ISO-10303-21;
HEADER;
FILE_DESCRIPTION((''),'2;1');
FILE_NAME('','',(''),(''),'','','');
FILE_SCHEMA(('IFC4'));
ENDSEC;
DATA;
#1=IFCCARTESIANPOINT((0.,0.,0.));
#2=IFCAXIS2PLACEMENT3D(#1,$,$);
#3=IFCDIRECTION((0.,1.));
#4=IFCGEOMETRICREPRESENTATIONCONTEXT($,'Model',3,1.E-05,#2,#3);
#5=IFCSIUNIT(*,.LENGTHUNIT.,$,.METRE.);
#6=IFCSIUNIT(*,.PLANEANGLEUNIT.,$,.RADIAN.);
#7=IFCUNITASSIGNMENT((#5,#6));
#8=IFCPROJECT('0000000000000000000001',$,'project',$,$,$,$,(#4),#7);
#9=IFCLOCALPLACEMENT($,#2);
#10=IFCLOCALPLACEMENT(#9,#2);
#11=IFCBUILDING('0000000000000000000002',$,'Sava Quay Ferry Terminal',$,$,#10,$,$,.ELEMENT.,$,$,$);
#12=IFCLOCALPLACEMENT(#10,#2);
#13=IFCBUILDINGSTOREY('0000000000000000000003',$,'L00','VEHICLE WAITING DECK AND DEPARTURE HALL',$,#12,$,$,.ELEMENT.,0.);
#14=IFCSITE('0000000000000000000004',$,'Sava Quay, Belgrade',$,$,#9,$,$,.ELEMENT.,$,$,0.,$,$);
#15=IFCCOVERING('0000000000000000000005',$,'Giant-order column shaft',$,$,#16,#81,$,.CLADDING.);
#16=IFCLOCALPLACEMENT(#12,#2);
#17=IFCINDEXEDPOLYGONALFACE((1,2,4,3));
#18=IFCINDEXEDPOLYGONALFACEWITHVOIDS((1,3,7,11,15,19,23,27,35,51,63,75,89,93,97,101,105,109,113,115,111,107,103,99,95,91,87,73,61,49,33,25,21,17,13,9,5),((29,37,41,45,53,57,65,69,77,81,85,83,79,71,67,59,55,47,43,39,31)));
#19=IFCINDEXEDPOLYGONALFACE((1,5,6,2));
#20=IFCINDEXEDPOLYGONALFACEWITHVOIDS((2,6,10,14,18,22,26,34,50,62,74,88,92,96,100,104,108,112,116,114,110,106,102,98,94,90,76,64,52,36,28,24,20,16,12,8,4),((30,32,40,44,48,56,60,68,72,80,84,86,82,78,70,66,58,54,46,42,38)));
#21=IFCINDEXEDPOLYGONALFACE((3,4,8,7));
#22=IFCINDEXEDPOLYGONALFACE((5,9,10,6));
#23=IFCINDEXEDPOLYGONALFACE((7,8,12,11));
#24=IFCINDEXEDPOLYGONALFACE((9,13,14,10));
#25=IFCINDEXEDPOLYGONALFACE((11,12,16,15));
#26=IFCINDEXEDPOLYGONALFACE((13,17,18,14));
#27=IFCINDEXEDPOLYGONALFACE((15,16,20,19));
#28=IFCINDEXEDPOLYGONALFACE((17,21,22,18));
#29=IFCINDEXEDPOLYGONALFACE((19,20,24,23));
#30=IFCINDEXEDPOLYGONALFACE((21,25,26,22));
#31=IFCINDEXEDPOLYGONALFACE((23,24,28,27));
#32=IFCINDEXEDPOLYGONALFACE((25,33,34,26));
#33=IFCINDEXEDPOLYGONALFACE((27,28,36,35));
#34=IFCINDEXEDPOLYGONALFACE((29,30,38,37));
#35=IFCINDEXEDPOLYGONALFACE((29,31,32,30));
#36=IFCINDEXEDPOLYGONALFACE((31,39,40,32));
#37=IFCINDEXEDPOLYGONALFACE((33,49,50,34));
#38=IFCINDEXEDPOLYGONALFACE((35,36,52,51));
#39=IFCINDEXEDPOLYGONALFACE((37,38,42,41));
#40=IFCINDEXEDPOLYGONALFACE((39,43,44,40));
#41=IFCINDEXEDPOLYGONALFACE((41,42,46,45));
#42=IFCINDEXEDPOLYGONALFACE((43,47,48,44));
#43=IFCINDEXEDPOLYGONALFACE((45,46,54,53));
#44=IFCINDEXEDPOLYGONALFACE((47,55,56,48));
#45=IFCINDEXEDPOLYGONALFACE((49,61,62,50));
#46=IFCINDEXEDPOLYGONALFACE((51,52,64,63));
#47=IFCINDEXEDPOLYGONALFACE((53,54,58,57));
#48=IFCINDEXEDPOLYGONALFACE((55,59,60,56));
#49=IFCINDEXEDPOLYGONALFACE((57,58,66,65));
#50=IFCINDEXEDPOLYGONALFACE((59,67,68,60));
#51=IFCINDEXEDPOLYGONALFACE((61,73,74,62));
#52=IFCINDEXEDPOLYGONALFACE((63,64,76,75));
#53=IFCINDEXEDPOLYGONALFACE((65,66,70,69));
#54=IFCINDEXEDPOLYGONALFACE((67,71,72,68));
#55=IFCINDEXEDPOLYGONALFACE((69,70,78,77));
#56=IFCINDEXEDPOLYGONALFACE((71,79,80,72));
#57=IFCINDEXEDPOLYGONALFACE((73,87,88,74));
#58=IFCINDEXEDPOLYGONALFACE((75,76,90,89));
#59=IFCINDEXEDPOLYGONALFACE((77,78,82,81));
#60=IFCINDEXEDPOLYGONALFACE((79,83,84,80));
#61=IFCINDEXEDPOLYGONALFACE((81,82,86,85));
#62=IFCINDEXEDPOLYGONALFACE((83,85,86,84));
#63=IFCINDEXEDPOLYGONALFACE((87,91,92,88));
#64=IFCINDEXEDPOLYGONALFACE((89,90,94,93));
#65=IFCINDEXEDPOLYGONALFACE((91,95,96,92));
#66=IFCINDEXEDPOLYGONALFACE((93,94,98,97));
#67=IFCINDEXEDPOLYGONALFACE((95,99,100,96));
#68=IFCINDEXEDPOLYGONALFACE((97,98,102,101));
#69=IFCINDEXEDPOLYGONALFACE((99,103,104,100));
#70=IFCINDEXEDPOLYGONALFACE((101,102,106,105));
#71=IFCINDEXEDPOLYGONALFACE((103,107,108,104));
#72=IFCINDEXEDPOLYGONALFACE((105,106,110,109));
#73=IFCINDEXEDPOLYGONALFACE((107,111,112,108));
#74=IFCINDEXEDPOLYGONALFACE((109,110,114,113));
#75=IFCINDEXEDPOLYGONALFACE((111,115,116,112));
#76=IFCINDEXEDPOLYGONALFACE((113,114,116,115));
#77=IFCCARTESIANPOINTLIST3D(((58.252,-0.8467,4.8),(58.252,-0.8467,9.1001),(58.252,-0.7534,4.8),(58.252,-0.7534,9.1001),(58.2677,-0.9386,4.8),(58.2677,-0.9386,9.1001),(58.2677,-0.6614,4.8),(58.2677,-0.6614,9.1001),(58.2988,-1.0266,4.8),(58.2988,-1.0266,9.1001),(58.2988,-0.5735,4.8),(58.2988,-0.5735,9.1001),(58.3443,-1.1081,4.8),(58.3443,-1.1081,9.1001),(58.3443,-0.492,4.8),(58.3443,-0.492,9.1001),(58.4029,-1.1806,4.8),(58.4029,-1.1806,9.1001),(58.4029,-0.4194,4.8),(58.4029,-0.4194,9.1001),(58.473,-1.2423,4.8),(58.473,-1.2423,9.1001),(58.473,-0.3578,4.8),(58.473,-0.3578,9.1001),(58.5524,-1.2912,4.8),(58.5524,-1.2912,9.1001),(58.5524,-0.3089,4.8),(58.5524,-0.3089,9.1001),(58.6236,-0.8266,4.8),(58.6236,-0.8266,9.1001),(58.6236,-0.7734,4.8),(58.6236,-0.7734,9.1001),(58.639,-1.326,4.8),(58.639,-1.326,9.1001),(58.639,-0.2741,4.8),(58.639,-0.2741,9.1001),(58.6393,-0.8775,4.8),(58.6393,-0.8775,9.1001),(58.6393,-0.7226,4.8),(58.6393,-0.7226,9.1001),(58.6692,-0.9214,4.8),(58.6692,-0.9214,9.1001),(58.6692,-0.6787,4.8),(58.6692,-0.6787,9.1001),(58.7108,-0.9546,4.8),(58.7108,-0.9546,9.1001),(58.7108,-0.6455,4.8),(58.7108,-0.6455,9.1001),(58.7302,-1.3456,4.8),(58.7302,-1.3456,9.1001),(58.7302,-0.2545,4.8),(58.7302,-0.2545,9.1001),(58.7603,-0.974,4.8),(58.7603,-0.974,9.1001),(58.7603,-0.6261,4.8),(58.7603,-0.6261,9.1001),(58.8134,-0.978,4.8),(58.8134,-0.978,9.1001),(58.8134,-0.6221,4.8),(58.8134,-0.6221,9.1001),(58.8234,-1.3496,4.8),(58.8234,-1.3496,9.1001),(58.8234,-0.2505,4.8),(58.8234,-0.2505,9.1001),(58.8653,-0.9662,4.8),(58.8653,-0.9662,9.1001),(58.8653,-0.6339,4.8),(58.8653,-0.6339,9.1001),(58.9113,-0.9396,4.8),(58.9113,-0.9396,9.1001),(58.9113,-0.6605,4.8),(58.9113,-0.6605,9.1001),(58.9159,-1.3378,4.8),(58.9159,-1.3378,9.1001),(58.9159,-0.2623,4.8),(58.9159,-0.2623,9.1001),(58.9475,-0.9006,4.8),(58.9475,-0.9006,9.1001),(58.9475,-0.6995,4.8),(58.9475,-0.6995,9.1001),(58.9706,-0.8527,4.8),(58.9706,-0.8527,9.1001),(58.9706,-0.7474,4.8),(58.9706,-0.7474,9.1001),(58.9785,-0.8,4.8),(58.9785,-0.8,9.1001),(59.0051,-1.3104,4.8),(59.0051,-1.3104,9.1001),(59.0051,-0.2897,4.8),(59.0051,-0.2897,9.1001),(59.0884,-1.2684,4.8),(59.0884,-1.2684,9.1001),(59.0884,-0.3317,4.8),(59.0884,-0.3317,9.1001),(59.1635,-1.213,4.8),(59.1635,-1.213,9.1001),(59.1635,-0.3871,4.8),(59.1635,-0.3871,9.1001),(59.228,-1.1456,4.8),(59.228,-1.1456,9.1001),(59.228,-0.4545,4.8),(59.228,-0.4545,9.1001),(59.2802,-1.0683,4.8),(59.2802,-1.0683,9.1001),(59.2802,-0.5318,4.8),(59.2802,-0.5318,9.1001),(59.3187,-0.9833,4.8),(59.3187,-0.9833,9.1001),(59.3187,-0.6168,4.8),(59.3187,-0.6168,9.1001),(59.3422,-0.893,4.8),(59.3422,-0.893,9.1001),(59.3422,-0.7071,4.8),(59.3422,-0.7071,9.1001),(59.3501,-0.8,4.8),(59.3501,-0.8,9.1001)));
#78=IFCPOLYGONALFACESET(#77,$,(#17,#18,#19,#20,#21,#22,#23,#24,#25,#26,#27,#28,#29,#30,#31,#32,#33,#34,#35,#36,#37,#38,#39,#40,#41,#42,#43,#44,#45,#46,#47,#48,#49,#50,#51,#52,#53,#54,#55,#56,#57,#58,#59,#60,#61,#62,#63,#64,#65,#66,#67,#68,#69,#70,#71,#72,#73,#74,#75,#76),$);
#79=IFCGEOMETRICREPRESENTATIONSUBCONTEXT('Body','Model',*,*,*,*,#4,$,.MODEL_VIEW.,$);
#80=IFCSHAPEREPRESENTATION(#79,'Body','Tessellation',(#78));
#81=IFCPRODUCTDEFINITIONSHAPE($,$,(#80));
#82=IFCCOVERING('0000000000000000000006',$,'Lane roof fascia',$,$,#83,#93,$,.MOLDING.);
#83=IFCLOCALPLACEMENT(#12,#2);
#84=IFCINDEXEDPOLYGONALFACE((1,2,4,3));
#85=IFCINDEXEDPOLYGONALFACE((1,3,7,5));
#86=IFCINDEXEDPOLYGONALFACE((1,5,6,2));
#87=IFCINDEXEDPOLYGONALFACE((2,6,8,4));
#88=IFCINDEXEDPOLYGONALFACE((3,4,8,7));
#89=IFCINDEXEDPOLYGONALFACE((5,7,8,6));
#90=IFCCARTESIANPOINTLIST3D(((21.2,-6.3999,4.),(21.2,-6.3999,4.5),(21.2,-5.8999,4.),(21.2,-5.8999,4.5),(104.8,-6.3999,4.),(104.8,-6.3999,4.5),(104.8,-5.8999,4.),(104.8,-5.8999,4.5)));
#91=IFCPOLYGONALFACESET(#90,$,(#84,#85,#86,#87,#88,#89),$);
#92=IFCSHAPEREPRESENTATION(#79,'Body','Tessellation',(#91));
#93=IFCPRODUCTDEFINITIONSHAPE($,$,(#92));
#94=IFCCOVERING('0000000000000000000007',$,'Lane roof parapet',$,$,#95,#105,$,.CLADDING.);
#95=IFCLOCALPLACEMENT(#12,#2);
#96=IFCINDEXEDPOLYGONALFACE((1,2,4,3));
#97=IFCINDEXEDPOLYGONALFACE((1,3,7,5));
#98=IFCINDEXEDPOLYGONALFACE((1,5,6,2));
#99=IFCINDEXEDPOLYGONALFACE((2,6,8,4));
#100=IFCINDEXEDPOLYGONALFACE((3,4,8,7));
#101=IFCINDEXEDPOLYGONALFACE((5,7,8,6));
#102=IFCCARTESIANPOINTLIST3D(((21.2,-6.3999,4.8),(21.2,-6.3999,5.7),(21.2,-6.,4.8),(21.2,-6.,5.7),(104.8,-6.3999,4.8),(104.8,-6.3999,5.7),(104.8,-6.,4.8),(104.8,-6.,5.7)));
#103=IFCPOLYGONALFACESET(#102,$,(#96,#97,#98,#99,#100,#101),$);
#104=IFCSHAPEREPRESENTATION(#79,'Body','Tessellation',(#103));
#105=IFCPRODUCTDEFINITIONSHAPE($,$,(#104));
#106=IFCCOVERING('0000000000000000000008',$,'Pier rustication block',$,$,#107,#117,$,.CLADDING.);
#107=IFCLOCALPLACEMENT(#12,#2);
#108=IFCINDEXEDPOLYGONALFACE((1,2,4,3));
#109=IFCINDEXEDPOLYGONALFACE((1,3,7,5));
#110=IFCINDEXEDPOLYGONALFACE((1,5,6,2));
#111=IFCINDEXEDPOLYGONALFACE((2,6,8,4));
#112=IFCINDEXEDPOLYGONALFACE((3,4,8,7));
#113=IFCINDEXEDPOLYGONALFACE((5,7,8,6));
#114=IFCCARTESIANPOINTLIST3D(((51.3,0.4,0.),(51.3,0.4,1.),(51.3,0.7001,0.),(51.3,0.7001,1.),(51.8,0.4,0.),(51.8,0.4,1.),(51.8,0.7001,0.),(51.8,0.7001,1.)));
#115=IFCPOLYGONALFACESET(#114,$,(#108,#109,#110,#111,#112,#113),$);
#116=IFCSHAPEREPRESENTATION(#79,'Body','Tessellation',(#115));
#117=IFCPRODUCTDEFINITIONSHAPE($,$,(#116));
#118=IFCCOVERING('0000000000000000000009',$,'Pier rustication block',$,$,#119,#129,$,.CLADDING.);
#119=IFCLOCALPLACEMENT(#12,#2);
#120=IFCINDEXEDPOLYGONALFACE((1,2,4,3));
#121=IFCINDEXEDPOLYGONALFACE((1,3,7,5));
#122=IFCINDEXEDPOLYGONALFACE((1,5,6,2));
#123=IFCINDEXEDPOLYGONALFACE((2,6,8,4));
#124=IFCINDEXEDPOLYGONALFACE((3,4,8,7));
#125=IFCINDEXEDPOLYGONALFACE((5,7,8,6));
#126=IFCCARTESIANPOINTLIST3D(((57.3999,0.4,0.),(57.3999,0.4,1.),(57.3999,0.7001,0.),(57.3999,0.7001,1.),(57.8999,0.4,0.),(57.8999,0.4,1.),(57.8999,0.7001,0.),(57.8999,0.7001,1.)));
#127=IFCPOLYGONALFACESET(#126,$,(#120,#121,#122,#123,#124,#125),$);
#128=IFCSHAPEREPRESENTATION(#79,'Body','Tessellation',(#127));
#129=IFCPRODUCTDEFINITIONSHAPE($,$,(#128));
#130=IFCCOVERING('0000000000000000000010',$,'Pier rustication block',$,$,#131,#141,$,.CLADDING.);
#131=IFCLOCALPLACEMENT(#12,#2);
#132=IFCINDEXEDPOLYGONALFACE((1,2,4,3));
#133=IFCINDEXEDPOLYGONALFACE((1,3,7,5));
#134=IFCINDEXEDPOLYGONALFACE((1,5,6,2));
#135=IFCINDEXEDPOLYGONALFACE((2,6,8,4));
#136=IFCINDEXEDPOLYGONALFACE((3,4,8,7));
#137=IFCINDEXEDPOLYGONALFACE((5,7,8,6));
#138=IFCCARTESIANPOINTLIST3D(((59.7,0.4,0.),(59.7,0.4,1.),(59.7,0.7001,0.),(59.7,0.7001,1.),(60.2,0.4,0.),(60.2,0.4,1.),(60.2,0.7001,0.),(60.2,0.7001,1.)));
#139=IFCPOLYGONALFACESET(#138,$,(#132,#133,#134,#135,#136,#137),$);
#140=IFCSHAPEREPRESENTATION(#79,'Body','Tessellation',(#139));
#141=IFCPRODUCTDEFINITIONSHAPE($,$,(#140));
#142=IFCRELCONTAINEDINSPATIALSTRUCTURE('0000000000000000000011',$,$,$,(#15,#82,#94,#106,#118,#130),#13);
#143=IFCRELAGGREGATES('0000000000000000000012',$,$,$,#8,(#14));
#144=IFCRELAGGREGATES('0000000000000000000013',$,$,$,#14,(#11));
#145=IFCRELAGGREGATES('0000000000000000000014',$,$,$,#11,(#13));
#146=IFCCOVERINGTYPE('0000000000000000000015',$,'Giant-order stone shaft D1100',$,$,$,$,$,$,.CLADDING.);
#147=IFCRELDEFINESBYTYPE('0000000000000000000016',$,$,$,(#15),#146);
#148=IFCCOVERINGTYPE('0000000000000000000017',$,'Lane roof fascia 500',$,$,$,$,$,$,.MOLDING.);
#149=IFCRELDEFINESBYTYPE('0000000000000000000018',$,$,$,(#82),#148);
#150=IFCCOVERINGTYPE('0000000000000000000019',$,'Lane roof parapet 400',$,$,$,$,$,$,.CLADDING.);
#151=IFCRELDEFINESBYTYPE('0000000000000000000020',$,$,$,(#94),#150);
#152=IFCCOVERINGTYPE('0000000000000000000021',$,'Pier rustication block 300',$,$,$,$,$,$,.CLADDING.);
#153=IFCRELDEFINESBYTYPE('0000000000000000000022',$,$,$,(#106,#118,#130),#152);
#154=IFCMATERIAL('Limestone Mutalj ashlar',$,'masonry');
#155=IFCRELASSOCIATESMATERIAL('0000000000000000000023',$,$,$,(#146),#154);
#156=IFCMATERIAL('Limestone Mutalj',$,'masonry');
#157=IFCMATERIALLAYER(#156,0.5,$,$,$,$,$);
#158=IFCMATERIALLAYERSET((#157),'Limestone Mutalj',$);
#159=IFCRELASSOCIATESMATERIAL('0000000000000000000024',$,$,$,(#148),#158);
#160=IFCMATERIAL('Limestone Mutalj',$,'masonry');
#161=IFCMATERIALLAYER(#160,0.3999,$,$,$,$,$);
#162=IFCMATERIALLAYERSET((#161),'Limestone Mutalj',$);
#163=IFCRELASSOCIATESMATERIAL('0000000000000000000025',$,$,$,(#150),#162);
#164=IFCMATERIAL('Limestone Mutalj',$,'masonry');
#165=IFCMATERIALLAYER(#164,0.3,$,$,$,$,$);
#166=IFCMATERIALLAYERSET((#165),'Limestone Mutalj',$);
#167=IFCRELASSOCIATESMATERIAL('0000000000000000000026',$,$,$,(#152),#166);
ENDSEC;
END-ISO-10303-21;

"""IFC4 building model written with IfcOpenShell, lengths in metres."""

from ifc_helpers import new_model, si_unit, direction, frame, origin, origin_2d, place, context, subcontext, project, spatial, rectangle, hollow_circle, extrude, material, layer, layer_set, material_profile, profile_set, type_object, element, save


model = new_model("IFC4")

# Units and contexts
model_context = context("Model", 3, precision=1e-05, world=origin(), true_north=direction((0.0, 1.0)))
body_context = subcontext(model_context, "Body", "Model", "MODEL_VIEW")
ifc_project = project(units=[si_unit("LENGTHUNIT", "METRE"), si_unit("PLANEANGLEUNIT", "RADIAN")], contexts=[model_context])

# Site, building, storey
site_placement = place(None, origin())
site = spatial("IfcSite", under=ifc_project, at=site_placement, Name="Sava Quay, Belgrade", CompositionType="ELEMENT", RefElevation=0.0)
building_placement = place(site_placement, origin())
building = spatial("IfcBuilding", under=site, at=building_placement, Name="Sava Quay Ferry Terminal", CompositionType="ELEMENT")
storey_placement = place(building_placement, origin())
storey = spatial("IfcBuildingStorey", under=building, at=storey_placement, Name="L00", Description="VEHICLE WAITING DECK AND DEPARTURE HALL", CompositionType="ELEMENT", Elevation=0.0)

# Coverings
ifc_material_1 = material(Name="Limestone Mutalj ashlar", Category="masonry")
ifc_material_profile_1 = material_profile(ifc_material_1, hollow_circle(Radius=0.55, WallThickness=0.3716, at=origin_2d()), Name="Stone shaft D1100")
ifc_profile_set_1 = profile_set([ifc_material_profile_1], Name="Limestone Mutalj ashlar")
covering_type_1 = type_object("IfcCoveringType", Name="Giant-order stone shaft D1100", PredefinedType="CLADDING", material=ifc_profile_set_1)
covering_1_placement = place(storey_placement, frame((58.8, -0.8, 4.8), z_axis=(0.0, 0.0, 1.0), x_axis=(1.0, 0.0, 0.0)))
element("IfcCovering", 1, at=covering_1_placement, inside=storey, type_object=covering_type_1, Name="Giant-order column shaft", PredefinedType="CLADDING", context=body_context, shape_type="SweptSolid", body=[
    extrude(hollow_circle(Radius=0.55, WallThickness=0.3716, at=origin_2d()), origin(), (0.0, 0.0, 1.0), 4.3),
])
ifc_material_2 = material(Name="Limestone Mutalj", Category="masonry")
ifc_layer_1 = layer(ifc_material_2, 0.5)
ifc_layer_set_1 = layer_set([ifc_layer_1], Name="Limestone Mutalj")
covering_type_2 = type_object("IfcCoveringType", Name="Lane roof fascia 500", PredefinedType="MOLDING", material=ifc_layer_set_1)
covering_2_placement = place(storey_placement, frame((63.0, -6.1499, 4.0), z_axis=(0.0, 0.0, 1.0), x_axis=(1.0, 0.0, 0.0)))
element("IfcCovering", 2, at=covering_2_placement, inside=storey, type_object=covering_type_2, Name="Lane roof fascia", PredefinedType="MOLDING", context=body_context, shape_type="SweptSolid", body=[
    extrude(rectangle(XDim=83.6001, YDim=0.5, at=origin_2d()), origin(), (0.0, 0.0, 1.0), 0.5),
])
ifc_material_3 = material(Name="Limestone Mutalj", Category="masonry")
ifc_layer_2 = layer(ifc_material_3, 0.3999)
ifc_layer_set_2 = layer_set([ifc_layer_2], Name="Limestone Mutalj")
covering_type_3 = type_object("IfcCoveringType", Name="Lane roof parapet 400", PredefinedType="CLADDING", material=ifc_layer_set_2)
covering_3_placement = place(storey_placement, frame((63.0, -6.2, 4.8), z_axis=(0.0, 0.0, 1.0), x_axis=(1.0, 0.0, 0.0)))
element("IfcCovering", 3, at=covering_3_placement, inside=storey, type_object=covering_type_3, Name="Lane roof parapet", PredefinedType="CLADDING", context=body_context, shape_type="SweptSolid", body=[
    extrude(rectangle(XDim=83.6001, YDim=0.3999, at=origin_2d()), origin(), (0.0, 0.0, 1.0), 0.8999),
])
ifc_material_4 = material(Name="Limestone Mutalj", Category="masonry")
ifc_layer_3 = layer(ifc_material_4, 0.3)
ifc_layer_set_3 = layer_set([ifc_layer_3], Name="Limestone Mutalj")
covering_type_4 = type_object("IfcCoveringType", Name="Pier rustication block 300", PredefinedType="CLADDING", material=ifc_layer_set_3)
for number, where, z_axis, x_axis, name in (
    (4, (51.55, 0.55, 0.0), (0.0, 0.0, 1.0), (1.0, 0.0, 0.0), "Pier rustication block"),
    (5, (57.6499, 0.55, 0.0), (0.0, 0.0, 1.0), (1.0, 0.0, 0.0), "Pier rustication block"),
    (6, (59.95, 0.55, 0.0), (0.0, 0.0, 1.0), (1.0, 0.0, 0.0), "Pier rustication block"),
):
    element("IfcCovering", number, at=place(storey_placement, frame(where, z_axis=z_axis, x_axis=x_axis)), inside=storey, type_object=covering_type_4, Name=name, PredefinedType="CLADDING", context=body_context, shape_type="SweptSolid", body=[
        extrude(rectangle(XDim=0.5, YDim=0.3, at=origin_2d()), origin(), (0.0, 0.0, 1.0), 1.0),
    ])

save(model, "model.ifc")
